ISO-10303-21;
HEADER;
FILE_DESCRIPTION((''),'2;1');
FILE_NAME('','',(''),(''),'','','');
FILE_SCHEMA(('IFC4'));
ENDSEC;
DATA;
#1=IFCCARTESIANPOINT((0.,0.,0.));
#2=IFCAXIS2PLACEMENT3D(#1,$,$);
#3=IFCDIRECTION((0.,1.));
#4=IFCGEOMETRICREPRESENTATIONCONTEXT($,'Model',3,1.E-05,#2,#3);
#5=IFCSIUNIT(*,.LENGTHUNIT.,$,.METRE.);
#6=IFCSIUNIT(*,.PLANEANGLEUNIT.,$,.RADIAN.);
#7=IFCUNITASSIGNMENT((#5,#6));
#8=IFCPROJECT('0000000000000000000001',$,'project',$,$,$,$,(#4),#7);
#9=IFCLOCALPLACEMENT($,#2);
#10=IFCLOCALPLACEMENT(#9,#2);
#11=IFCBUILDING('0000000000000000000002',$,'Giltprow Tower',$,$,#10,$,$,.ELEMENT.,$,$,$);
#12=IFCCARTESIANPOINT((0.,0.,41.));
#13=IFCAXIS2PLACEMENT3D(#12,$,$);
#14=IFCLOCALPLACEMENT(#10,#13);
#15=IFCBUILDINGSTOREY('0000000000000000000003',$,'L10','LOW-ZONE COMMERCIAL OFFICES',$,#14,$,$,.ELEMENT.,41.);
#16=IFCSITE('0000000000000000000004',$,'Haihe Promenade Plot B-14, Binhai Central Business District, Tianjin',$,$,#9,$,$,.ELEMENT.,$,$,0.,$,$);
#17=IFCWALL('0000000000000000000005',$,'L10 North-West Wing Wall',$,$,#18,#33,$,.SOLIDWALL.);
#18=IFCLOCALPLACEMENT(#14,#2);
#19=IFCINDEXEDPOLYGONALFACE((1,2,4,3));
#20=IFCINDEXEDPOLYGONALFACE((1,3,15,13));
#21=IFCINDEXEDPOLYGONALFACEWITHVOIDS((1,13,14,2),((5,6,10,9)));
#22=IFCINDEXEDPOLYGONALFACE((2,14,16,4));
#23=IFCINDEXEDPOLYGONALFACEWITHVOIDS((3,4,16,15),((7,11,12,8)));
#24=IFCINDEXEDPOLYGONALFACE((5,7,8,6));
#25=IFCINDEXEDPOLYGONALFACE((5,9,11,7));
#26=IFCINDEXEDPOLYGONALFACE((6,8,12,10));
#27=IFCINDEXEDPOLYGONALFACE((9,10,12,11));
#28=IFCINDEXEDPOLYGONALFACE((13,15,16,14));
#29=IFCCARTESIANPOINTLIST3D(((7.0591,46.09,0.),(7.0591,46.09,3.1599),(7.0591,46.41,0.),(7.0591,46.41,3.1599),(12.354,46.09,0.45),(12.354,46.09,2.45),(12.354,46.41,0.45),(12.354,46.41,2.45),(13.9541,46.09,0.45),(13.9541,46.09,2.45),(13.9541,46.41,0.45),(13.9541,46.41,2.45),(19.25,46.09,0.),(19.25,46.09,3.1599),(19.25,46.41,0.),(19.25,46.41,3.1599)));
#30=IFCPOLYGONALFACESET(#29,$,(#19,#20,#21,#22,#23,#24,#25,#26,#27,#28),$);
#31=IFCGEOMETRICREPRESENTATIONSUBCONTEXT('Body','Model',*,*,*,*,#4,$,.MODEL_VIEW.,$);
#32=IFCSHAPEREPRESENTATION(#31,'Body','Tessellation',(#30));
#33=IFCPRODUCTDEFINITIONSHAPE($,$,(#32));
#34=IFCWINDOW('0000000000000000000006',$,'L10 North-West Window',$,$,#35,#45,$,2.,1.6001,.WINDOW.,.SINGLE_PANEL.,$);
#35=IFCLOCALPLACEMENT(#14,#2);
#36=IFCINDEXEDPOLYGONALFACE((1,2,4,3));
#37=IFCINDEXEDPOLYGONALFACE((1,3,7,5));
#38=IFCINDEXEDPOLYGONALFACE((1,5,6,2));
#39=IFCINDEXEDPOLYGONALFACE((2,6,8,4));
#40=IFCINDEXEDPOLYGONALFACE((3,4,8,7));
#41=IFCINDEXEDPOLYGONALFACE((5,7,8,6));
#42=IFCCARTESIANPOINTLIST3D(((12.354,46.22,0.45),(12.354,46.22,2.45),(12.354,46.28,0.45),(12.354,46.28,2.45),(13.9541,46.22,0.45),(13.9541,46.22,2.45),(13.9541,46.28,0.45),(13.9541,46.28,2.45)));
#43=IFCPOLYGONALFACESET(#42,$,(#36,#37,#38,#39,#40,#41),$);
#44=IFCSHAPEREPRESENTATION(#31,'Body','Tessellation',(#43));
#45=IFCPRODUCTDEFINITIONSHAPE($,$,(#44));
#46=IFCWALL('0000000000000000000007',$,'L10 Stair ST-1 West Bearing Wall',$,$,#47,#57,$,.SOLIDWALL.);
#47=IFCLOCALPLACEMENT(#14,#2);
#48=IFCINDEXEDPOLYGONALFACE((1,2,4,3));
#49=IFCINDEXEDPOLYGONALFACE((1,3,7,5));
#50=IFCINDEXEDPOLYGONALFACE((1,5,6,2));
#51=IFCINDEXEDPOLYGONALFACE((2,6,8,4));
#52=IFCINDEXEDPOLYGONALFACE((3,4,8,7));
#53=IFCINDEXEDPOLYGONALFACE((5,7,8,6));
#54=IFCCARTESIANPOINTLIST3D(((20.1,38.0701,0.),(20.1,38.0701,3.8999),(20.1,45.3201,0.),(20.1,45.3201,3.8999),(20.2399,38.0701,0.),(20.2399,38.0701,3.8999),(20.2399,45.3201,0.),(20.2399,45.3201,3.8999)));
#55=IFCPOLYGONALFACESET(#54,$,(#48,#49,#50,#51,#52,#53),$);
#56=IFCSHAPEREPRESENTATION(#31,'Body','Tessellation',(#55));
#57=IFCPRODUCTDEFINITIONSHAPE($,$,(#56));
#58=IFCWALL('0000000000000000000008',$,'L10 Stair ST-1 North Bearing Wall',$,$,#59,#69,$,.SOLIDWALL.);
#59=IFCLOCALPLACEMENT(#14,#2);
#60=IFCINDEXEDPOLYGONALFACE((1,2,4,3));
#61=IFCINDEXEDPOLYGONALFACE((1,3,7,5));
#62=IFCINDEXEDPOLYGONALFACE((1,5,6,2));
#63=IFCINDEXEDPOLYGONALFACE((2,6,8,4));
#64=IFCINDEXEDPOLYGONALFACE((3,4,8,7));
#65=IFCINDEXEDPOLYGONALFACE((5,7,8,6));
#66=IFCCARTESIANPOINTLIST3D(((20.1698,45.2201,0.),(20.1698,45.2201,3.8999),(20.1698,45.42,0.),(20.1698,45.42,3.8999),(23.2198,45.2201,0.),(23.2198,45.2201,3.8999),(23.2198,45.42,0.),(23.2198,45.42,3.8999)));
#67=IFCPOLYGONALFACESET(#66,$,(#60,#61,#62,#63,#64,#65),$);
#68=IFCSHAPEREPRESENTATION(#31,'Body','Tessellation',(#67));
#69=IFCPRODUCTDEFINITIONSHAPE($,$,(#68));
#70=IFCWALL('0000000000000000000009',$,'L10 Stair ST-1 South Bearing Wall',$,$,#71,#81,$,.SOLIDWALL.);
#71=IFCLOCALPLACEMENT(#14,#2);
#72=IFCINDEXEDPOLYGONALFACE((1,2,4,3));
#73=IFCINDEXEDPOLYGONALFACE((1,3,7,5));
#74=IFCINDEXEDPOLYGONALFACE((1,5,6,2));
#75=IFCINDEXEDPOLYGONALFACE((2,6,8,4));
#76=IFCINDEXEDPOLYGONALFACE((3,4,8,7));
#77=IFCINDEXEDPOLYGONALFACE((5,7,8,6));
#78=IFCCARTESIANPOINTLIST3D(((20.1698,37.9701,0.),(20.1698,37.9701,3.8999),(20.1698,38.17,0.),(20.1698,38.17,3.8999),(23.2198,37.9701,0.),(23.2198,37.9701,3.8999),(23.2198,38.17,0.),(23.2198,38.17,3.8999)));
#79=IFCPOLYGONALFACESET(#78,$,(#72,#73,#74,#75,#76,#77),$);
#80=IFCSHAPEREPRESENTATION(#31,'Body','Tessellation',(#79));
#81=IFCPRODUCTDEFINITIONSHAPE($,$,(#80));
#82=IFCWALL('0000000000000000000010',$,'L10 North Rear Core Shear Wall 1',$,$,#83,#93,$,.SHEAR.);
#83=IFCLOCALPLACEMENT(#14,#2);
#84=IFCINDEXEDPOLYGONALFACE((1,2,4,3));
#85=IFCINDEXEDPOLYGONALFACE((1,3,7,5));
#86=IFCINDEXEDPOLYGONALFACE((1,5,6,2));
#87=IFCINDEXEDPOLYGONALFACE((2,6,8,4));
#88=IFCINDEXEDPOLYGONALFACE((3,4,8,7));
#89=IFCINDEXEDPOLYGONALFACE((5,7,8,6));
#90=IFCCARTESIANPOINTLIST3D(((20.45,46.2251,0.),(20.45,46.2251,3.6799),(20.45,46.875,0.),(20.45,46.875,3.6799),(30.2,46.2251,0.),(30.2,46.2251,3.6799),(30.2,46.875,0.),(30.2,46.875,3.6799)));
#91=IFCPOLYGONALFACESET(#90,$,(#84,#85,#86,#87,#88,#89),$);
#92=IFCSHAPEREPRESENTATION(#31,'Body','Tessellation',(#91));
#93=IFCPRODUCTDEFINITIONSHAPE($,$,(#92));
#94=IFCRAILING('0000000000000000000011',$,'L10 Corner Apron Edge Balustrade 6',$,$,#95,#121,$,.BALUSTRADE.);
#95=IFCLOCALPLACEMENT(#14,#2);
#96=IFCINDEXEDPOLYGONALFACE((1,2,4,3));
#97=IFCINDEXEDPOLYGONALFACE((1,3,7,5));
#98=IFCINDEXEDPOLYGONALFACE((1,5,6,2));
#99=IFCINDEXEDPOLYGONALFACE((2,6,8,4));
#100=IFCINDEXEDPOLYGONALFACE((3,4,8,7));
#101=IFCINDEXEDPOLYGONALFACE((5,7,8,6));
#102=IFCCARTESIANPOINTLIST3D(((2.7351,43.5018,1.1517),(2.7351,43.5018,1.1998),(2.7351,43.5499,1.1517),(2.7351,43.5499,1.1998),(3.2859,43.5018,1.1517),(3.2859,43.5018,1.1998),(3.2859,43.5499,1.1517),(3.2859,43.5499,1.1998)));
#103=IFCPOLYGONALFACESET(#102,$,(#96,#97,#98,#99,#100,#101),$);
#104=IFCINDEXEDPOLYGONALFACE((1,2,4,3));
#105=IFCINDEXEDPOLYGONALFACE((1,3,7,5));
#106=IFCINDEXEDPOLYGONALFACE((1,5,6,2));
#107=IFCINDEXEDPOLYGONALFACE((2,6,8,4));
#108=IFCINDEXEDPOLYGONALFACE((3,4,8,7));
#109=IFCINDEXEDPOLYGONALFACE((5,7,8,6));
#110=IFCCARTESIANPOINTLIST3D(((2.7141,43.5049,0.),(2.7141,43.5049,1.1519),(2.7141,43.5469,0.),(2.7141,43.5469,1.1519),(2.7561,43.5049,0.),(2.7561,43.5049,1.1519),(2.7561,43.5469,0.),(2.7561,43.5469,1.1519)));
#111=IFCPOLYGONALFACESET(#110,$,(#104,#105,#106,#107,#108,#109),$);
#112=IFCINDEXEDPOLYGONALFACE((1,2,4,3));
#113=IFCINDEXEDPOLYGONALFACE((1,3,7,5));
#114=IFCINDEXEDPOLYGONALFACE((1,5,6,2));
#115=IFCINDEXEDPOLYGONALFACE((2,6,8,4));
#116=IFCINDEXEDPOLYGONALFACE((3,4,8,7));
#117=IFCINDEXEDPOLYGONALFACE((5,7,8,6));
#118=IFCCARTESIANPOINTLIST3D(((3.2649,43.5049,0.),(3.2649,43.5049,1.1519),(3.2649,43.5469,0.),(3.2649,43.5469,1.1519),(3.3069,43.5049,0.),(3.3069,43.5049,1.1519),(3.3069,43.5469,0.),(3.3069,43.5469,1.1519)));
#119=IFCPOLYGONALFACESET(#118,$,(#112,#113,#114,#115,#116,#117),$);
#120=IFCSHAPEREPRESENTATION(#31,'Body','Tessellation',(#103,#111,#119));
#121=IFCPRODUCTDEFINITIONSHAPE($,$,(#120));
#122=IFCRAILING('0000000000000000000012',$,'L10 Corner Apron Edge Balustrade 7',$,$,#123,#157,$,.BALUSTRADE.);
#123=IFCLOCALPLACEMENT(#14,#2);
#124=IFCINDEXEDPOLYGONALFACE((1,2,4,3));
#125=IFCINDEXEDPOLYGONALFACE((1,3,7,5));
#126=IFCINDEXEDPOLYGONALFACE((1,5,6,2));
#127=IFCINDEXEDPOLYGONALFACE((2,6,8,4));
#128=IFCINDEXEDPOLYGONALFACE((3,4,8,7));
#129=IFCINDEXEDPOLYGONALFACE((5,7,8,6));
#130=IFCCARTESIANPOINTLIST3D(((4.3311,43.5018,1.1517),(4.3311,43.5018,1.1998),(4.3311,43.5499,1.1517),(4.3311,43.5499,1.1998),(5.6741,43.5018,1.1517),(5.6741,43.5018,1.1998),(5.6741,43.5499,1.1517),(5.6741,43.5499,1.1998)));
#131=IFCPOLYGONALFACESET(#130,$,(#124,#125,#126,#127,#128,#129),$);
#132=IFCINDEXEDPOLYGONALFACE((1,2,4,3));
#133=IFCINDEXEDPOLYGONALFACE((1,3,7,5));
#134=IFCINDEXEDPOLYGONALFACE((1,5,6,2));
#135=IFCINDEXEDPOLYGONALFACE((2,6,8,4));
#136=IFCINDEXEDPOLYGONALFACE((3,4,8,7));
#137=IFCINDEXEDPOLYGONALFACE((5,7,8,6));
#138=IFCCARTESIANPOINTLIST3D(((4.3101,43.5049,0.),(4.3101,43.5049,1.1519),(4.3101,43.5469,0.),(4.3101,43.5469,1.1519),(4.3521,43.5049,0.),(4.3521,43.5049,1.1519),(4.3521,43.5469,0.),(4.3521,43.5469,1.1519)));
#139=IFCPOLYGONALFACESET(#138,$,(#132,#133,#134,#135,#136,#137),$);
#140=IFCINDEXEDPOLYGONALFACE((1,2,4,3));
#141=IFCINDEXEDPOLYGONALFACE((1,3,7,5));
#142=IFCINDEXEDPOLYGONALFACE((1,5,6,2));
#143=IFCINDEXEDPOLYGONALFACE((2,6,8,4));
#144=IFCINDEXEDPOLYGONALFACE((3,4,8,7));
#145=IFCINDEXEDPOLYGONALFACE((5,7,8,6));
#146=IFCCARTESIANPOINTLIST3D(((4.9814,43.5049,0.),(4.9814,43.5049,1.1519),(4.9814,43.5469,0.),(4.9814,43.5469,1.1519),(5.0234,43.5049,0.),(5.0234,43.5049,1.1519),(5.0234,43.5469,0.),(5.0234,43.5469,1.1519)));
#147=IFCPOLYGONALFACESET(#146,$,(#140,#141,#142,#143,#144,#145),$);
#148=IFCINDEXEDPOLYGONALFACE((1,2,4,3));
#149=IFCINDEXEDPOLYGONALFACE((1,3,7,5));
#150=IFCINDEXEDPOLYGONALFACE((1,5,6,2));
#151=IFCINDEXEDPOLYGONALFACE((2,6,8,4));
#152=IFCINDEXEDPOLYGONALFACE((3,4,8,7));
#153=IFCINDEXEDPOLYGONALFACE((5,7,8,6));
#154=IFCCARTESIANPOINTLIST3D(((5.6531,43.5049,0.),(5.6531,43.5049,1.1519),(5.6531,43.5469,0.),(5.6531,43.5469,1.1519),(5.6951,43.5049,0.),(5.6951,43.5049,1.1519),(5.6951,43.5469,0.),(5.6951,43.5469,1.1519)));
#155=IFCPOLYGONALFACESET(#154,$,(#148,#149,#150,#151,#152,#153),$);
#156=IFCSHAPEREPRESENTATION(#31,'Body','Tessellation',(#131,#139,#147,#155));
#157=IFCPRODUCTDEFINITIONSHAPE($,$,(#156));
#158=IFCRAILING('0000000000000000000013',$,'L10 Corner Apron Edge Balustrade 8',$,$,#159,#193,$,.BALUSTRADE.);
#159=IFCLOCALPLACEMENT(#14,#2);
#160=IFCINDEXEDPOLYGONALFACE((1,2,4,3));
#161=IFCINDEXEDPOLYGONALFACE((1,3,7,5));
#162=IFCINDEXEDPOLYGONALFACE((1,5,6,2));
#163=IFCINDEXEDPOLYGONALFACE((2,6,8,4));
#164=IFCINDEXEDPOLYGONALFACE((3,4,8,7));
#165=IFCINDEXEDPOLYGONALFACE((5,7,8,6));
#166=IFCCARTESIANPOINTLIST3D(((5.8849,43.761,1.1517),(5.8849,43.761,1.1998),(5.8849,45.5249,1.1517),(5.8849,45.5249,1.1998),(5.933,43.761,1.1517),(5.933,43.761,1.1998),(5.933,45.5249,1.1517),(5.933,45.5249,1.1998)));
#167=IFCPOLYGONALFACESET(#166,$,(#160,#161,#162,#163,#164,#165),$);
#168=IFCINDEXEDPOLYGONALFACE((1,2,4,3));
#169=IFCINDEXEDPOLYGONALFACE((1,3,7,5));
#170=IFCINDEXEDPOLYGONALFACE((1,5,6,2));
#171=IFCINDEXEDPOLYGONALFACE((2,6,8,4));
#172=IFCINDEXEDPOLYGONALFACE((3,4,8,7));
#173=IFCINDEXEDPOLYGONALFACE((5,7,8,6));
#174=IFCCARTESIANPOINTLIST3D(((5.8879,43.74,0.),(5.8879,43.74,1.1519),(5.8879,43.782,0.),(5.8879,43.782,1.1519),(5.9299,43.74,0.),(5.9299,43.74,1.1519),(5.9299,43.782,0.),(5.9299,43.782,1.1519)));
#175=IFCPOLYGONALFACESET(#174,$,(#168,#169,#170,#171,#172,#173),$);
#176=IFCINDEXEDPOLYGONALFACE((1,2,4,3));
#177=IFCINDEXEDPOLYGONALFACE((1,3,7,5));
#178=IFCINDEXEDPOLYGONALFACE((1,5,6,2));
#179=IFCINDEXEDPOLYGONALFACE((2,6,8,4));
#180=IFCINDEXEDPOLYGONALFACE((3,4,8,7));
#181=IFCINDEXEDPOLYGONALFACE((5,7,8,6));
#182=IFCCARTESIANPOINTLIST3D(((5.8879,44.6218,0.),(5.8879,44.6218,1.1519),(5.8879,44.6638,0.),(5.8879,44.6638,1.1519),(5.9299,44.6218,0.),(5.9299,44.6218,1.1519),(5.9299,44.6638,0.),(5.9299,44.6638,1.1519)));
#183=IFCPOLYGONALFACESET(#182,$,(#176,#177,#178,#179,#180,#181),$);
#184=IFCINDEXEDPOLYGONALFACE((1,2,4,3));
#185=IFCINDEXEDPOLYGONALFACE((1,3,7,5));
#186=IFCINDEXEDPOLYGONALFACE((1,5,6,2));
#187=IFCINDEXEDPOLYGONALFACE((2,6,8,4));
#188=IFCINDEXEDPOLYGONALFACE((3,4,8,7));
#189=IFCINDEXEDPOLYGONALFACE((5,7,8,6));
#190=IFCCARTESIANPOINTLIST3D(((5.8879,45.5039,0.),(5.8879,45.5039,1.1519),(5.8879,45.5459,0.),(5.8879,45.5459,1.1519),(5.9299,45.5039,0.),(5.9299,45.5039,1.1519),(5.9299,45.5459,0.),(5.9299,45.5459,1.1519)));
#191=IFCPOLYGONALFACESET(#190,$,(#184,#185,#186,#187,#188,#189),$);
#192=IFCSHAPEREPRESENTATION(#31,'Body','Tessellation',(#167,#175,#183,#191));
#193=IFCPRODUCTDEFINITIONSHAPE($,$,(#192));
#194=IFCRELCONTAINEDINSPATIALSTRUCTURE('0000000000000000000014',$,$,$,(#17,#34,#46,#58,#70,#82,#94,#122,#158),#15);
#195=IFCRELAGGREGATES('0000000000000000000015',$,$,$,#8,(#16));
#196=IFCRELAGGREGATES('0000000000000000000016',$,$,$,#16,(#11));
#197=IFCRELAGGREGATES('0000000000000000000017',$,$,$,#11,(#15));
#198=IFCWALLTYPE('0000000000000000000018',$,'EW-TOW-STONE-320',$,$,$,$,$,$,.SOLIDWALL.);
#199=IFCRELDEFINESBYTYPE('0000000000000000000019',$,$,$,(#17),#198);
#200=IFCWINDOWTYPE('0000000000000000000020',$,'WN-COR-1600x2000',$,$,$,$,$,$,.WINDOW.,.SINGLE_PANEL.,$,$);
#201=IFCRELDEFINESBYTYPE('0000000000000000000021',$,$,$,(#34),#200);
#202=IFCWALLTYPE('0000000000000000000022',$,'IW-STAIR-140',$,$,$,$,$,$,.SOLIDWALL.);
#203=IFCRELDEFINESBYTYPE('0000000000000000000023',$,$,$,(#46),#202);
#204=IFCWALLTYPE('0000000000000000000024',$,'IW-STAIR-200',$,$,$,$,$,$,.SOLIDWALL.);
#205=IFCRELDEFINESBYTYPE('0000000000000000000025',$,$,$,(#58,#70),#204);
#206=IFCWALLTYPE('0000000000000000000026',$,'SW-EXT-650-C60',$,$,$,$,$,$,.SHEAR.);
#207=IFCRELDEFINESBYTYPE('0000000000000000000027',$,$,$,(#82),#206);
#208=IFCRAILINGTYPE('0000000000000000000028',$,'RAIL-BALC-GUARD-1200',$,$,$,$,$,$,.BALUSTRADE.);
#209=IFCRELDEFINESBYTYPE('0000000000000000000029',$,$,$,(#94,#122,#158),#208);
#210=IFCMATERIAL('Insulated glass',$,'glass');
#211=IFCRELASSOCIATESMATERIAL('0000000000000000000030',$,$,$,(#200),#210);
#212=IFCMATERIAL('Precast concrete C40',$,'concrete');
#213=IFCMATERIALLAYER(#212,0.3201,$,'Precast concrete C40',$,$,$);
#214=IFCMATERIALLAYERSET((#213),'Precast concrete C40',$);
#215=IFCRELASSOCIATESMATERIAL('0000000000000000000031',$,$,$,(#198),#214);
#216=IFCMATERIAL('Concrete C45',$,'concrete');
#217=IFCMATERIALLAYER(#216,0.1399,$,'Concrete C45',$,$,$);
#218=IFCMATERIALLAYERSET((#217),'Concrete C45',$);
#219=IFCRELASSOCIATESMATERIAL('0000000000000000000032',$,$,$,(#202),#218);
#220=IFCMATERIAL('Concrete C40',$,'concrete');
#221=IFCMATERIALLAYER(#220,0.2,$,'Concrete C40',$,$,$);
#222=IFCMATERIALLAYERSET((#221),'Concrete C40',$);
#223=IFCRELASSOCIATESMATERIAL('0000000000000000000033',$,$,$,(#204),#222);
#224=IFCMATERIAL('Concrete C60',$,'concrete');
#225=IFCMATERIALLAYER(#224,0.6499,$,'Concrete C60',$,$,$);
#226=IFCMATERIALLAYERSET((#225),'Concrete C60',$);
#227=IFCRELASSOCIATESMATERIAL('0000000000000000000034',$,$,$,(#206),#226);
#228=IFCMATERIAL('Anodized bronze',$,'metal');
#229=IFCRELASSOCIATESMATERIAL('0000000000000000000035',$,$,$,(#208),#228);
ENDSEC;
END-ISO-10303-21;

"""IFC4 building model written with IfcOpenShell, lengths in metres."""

from ifc_helpers import new_model, si_unit, direction, frame, frame_2d, origin, origin_2d, place, context, subcontext, project, spatial, rectangle, extrude, source, transform, mapped, material, layer, layer_set, type_object, element, fill, save


model = new_model("IFC4")

# Units and contexts
model_context = context("Model", 3, precision=1e-05, world=origin(), true_north=direction((0.0, 1.0)))
body_context = subcontext(model_context, "Body", "Model", "MODEL_VIEW")
ifc_project = project(units=[si_unit("LENGTHUNIT", "METRE"), si_unit("PLANEANGLEUNIT", "RADIAN")], contexts=[model_context])

# Site, building, storey
site_placement = place(None, origin())
site = spatial("IfcSite", under=ifc_project, at=site_placement, Name="Haihe Promenade Plot B-14, Binhai Central Business District, Tianjin", CompositionType="ELEMENT", RefElevation=0.0)
building_placement = place(site_placement, origin())
building = spatial("IfcBuilding", under=site, at=building_placement, Name="Giltprow Tower", CompositionType="ELEMENT")
storey_placement = place(building_placement, frame((0.0, 0.0, 41.0)))
storey = spatial("IfcBuildingStorey", under=building, at=storey_placement, Name="L10", Description="LOW-ZONE COMMERCIAL OFFICES", CompositionType="ELEMENT", Elevation=41.0)

# Shared definitions
ifc_material_1 = material(Name="Concrete C60", Category="concrete")

# Wall, opening, window
ifc_material_2 = material(Name="Precast concrete C40", Category="concrete")
ifc_material_3 = material(Name="Insulated glass", Category="glass")
window_type = type_object("IfcWindowType", Name="WN-COR-1600x2000", PartitioningType="SINGLE_PANEL", PredefinedType="WINDOW", material=ifc_material_3)
shared_shape_1 = source(origin(), body_context, "Body", "SweptSolid", [
    extrude(rectangle(XDim=1.6001, YDim=2.0, at=frame_2d((0.8, 1.0))), frame((0.0, 0.03, 0.0), z_axis=(0.0, -1.0, 0.0), x_axis=(1.0, 0.0, 0.0)), (0.0, 0.0, 1.0), 0.0601),
])
ifc_layer_1 = layer(ifc_material_2, 0.3201, Name="Precast concrete C40")
ifc_layer_set_1 = layer_set([ifc_layer_1], Name="Precast concrete C40")
wall_type_1 = type_object("IfcWallType", Name="EW-TOW-STONE-320", PredefinedType="SOLIDWALL", material=ifc_layer_set_1)
wall_1_placement = place(storey_placement, frame((7.0591, 46.25, 0.0), z_axis=(0.0, 0.0, 1.0), x_axis=(1.0, 0.0, 0.0)))
wall_1 = element("IfcWall", 1, at=wall_1_placement, inside=storey, type_object=wall_type_1, Name="L10 North-West Wing Wall", PredefinedType="SOLIDWALL", context=body_context, shape_type="SweptSolid", body=[
    extrude(rectangle(XDim=12.1909, YDim=0.3201, at=frame_2d((6.0955, 0.0))), origin(), (0.0, 0.0, 1.0), 3.1599),
])
opening_1_placement = place(wall_1_placement, frame((5.2949, 0.0, 0.45)))
opening_1 = element("IfcOpeningElement", 2, at=opening_1_placement, cuts=wall_1, PredefinedType="OPENING", context=body_context, shape_type="SweptSolid", body=[
    extrude(rectangle(XDim=1.6001, YDim=2.0, at=frame_2d((0.8, 1.0))), frame((0.0, 0.1699, 0.0), z_axis=(0.0, -1.0, 0.0), x_axis=(1.0, 0.0, 0.0)), (0.0, 0.0, 1.0), 0.3401),
])
window_1_placement = place(opening_1_placement, origin())
window_1 = element("IfcWindow", 3, at=window_1_placement, inside=storey, type_object=window_type, Name="L10 North-West Window", OverallHeight=2.0, OverallWidth=1.6001, PartitioningType="SINGLE_PANEL", PredefinedType="WINDOW", context=body_context, shape_type="MappedRepresentation", body=[
    mapped(shared_shape_1, transform((0.0, 0.0, 0.0), x_axis=(1.0, 0.0, 0.0), y_axis=(0.0, 1.0, 0.0), z_axis=(0.0, 0.0, 1.0), scale=1.0)),
])
fill(opening_1, window_1)

# Walls
ifc_material_4 = material(Name="Concrete C45", Category="concrete")
ifc_layer_2 = layer(ifc_material_4, 0.1399, Name="Concrete C45")
ifc_layer_set_2 = layer_set([ifc_layer_2], Name="Concrete C45")
wall_type_2 = type_object("IfcWallType", Name="IW-STAIR-140", PredefinedType="SOLIDWALL", material=ifc_layer_set_2)
wall_2_placement = place(storey_placement, frame((20.1699, 38.0701, 0.0), z_axis=(0.0, 0.0, 1.0), x_axis=(0.0, 1.0, 0.0)))
element("IfcWall", 4, at=wall_2_placement, inside=storey, type_object=wall_type_2, Name="L10 Stair ST-1 West Bearing Wall", PredefinedType="SOLIDWALL", context=body_context, shape_type="SweptSolid", body=[
    extrude(rectangle(XDim=7.25, YDim=0.1399, at=frame_2d((3.625, 0.0))), origin(), (0.0, 0.0, 1.0), 3.8999),
])
ifc_material_5 = material(Name="Concrete C40", Category="concrete")
ifc_layer_3 = layer(ifc_material_5, 0.2, Name="Concrete C40")
ifc_layer_set_3 = layer_set([ifc_layer_3], Name="Concrete C40")
wall_type_3 = type_object("IfcWallType", Name="IW-STAIR-200", PredefinedType="SOLIDWALL", material=ifc_layer_set_3)
for number, where, z_axis, x_axis, name in (
    (5, (20.1699, 45.3201, 0.0), (0.0, 0.0, 1.0), (1.0, 0.0, 0.0), "L10 Stair ST-1 North Bearing Wall"),
    (6, (20.1699, 38.0701, 0.0), (0.0, 0.0, 1.0), (1.0, 0.0, 0.0), "L10 Stair ST-1 South Bearing Wall"),
):
    element("IfcWall", number, at=place(storey_placement, frame(where, z_axis=z_axis, x_axis=x_axis)), inside=storey, type_object=wall_type_3, Name=name, PredefinedType="SOLIDWALL", context=body_context, shape_type="SweptSolid", body=[
        extrude(rectangle(XDim=3.05, YDim=0.2, at=frame_2d((1.5249, 0.0))), origin(), (0.0, 0.0, 1.0), 3.8999),
    ])
ifc_layer_4 = layer(ifc_material_1, 0.6499, Name="Concrete C60")
ifc_layer_set_4 = layer_set([ifc_layer_4], Name="Concrete C60")
wall_type_4 = type_object("IfcWallType", Name="SW-EXT-650-C60", PredefinedType="SHEAR", material=ifc_layer_set_4)
wall_3_placement = place(storey_placement, frame((20.45, 46.55, 0.0), z_axis=(0.0, 0.0, 1.0), x_axis=(1.0, 0.0, 0.0)))
element("IfcWall", 7, at=wall_3_placement, inside=storey, type_object=wall_type_4, Name="L10 North Rear Core Shear Wall 1", PredefinedType="SHEAR", context=body_context, shape_type="SweptSolid", body=[
    extrude(rectangle(XDim=9.75, YDim=0.6499, at=frame_2d((4.875, 0.0))), origin(), (0.0, 0.0, 1.0), 3.6799),
])

# Railings
ifc_material_6 = material(Name="Anodized bronze", Category="metal")
railing_type_1 = type_object("IfcRailingType", Name="RAIL-BALC-GUARD-1200", PredefinedType="BALUSTRADE", material=ifc_material_6)
railing_1_placement = place(storey_placement, frame((2.7351, 43.5259, 0.0)))
element("IfcRailing", 8, at=railing_1_placement, inside=storey, type_object=railing_type_1, Name="L10 Corner Apron Edge Balustrade 6", PredefinedType="BALUSTRADE", context=body_context, shape_type="SweptSolid", body=[
    extrude(rectangle(XDim=0.0481, YDim=0.0481, at=origin_2d()), frame((0.0, 0.0, 1.1758), z_axis=(1.0, 0.0, 0.0), x_axis=(0.0, 1.0, 0.0)), (0.0, 0.0, 1.0), 0.5508),
    extrude(rectangle(XDim=0.042, YDim=0.042, at=origin_2d()), origin(), (0.0, 0.0, 1.0), 1.1519),
    extrude(rectangle(XDim=0.042, YDim=0.042, at=origin_2d()), frame((0.5508, 0.0, 0.0)), (0.0, 0.0, 1.0), 1.1519),
])
railing_2_placement = place(storey_placement, frame((4.3311, 43.5259, 0.0)))
element("IfcRailing", 9, at=railing_2_placement, inside=storey, type_object=railing_type_1, Name="L10 Corner Apron Edge Balustrade 7", PredefinedType="BALUSTRADE", context=body_context, shape_type="SweptSolid", body=[
    extrude(rectangle(XDim=0.0481, YDim=0.0481, at=origin_2d()), frame((0.0, 0.0, 1.1758), z_axis=(1.0, 0.0, 0.0), x_axis=(0.0, 1.0, 0.0)), (0.0, 0.0, 1.0), 1.343),
    extrude(rectangle(XDim=0.042, YDim=0.042, at=origin_2d()), origin(), (0.0, 0.0, 1.0), 1.1519),
    extrude(rectangle(XDim=0.042, YDim=0.042, at=origin_2d()), frame((0.6714, 0.0, 0.0)), (0.0, 0.0, 1.0), 1.1519),
    extrude(rectangle(XDim=0.042, YDim=0.042, at=origin_2d()), frame((1.343, 0.0, 0.0)), (0.0, 0.0, 1.0), 1.1519),
])
railing_3_placement = place(storey_placement, frame((5.9089, 43.761, 0.0)))
element("IfcRailing", 10, at=railing_3_placement, inside=storey, type_object=railing_type_1, Name="L10 Corner Apron Edge Balustrade 8", PredefinedType="BALUSTRADE", context=body_context, shape_type="SweptSolid", body=[
    extrude(rectangle(XDim=0.0481, YDim=0.0481, at=origin_2d()), frame((0.0, 0.0, 1.1758), z_axis=(0.0, 1.0, 0.0), x_axis=(-1.0, 0.0, 0.0)), (0.0, 0.0, 1.0), 1.7639),
    extrude(rectangle(XDim=0.042, YDim=0.042, at=origin_2d()), origin(), (0.0, 0.0, 1.0), 1.1519),
    extrude(rectangle(XDim=0.042, YDim=0.042, at=origin_2d()), frame((0.0, 0.8818, 0.0)), (0.0, 0.0, 1.0), 1.1519),
    extrude(rectangle(XDim=0.042, YDim=0.042, at=origin_2d()), frame((0.0, 1.7639, 0.0)), (0.0, 0.0, 1.0), 1.1519),
])

save(model, "model.ifc")
